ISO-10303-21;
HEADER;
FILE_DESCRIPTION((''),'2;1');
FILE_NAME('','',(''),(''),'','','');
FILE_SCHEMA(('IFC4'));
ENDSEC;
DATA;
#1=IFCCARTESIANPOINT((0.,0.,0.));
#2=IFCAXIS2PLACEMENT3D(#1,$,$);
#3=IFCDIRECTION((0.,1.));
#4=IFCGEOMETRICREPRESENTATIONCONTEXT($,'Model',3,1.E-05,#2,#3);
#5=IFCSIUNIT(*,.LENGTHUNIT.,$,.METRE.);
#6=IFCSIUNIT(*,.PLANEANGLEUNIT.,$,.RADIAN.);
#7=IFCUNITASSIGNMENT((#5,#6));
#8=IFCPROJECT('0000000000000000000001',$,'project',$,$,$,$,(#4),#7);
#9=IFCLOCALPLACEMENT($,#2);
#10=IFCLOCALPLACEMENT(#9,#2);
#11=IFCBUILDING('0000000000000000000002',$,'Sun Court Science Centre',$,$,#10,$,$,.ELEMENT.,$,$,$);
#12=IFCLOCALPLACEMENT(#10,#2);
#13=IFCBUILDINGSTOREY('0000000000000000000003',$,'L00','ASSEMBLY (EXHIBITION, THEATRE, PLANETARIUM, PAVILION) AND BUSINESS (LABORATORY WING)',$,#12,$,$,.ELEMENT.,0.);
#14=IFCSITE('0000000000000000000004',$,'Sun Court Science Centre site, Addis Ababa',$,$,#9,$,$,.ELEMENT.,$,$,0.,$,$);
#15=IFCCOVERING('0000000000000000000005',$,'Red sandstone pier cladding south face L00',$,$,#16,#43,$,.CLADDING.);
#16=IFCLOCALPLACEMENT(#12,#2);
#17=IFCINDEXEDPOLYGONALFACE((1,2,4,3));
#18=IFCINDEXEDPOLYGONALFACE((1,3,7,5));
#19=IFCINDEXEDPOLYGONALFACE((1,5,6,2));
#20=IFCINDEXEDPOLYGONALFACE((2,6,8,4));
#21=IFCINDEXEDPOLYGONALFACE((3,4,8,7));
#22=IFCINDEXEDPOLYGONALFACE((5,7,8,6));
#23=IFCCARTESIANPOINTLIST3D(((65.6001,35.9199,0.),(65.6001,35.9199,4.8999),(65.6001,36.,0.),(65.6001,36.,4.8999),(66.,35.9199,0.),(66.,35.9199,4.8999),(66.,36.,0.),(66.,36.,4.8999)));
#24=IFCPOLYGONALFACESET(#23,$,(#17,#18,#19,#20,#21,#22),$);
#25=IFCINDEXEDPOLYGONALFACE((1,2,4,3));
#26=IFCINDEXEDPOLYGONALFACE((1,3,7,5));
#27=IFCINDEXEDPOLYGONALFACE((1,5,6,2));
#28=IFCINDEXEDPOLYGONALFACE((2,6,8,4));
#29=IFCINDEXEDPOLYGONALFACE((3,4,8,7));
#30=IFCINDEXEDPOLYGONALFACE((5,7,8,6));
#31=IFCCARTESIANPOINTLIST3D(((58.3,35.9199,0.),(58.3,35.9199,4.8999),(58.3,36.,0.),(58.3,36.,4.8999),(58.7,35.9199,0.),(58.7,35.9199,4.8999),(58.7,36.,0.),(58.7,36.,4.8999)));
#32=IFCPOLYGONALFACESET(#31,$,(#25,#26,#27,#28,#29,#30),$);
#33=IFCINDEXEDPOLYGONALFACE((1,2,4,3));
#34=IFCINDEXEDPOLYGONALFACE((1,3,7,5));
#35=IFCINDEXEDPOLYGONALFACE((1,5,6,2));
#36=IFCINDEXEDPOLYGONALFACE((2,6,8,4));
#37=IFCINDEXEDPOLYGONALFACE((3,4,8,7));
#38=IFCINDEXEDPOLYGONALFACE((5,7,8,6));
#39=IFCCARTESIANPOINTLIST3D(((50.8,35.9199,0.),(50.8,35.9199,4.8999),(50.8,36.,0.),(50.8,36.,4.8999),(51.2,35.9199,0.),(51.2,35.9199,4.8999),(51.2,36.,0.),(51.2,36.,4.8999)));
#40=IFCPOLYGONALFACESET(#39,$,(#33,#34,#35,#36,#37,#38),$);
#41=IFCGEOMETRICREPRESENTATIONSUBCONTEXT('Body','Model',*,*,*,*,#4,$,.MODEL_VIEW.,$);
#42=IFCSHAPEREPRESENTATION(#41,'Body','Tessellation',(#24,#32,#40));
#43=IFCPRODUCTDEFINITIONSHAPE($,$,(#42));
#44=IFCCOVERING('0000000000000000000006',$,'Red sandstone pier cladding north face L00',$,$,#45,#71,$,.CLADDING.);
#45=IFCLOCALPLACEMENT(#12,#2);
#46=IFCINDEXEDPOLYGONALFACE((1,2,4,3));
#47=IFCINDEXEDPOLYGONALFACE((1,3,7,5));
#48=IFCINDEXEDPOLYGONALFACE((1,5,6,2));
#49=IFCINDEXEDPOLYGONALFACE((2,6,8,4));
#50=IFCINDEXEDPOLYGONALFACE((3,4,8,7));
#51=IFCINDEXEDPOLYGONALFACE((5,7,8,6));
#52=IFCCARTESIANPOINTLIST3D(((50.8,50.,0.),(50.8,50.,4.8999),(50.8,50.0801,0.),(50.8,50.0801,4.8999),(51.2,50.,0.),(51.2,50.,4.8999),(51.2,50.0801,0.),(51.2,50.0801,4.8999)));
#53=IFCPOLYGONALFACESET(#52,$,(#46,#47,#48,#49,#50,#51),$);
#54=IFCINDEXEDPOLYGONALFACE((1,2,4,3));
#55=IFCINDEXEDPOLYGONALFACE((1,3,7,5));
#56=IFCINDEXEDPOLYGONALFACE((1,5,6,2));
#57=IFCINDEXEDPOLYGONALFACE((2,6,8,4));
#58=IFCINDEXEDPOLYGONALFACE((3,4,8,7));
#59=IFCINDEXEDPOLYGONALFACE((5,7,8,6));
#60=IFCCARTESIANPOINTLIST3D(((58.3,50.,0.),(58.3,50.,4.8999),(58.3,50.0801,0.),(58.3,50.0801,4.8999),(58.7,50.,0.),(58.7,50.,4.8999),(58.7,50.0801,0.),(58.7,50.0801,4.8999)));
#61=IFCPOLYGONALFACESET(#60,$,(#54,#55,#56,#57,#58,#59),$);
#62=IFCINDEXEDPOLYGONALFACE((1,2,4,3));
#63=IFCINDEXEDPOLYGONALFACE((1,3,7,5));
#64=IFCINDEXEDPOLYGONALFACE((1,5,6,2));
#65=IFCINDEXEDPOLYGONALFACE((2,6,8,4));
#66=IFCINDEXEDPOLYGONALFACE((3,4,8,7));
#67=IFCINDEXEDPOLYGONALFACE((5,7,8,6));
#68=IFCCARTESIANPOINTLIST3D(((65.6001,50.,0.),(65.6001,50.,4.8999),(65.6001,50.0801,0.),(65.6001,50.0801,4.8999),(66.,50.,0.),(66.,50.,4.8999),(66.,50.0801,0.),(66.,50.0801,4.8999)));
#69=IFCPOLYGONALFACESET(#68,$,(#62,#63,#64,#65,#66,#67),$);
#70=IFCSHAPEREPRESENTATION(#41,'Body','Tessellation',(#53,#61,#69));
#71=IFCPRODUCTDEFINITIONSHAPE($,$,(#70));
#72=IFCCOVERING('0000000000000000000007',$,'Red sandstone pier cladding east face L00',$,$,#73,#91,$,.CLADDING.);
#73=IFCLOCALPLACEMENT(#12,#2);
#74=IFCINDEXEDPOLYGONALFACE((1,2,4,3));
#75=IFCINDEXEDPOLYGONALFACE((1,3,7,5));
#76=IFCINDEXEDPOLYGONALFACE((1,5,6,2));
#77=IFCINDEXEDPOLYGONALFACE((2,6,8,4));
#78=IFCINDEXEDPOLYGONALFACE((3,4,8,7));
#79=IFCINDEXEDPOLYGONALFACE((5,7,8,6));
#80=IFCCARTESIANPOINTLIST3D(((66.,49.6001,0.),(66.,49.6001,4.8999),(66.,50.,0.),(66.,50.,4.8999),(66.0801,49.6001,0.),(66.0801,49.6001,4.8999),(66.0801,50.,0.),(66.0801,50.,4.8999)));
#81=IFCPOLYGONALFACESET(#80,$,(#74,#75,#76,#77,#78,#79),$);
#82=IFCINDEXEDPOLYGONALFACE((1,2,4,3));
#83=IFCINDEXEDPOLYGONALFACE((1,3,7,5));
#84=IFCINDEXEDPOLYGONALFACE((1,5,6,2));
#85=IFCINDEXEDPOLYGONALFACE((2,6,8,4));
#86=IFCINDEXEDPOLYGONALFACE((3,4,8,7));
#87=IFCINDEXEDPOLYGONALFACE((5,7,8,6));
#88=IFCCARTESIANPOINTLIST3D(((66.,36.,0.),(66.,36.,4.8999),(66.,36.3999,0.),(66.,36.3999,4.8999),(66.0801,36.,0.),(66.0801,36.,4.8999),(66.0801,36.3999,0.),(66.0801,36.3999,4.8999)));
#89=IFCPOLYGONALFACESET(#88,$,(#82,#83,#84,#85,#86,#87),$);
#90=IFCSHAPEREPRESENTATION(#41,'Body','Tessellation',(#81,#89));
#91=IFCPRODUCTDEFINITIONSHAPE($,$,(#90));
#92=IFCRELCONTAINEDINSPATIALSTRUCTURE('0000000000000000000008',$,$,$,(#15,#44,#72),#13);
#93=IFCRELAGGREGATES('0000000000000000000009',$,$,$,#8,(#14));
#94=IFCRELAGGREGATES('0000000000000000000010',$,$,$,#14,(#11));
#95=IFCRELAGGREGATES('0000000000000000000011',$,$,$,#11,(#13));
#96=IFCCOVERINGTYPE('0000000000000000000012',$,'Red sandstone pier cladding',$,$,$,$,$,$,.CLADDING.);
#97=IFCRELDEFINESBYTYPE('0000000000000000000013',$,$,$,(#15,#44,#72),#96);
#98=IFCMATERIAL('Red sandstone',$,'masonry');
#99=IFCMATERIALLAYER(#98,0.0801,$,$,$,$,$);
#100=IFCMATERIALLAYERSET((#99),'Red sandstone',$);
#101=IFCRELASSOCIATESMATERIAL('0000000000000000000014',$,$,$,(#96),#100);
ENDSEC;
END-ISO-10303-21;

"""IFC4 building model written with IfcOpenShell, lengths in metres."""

from ifc_helpers import new_model, si_unit, direction, frame, origin, origin_2d, place, context, subcontext, project, spatial, rectangle, extrude, material, layer, layer_set, type_object, element, save


model = new_model("IFC4")

# Units and contexts
model_context = context("Model", 3, precision=1e-05, world=origin(), true_north=direction((0.0, 1.0)))
body_context = subcontext(model_context, "Body", "Model", "MODEL_VIEW")
ifc_project = project(units=[si_unit("LENGTHUNIT", "METRE"), si_unit("PLANEANGLEUNIT", "RADIAN")], contexts=[model_context])

# Site, building, storey
site_placement = place(None, origin())
site = spatial("IfcSite", under=ifc_project, at=site_placement, Name="Sun Court Science Centre site, Addis Ababa", CompositionType="ELEMENT", RefElevation=0.0)
building_placement = place(site_placement, origin())
building = spatial("IfcBuilding", under=site, at=building_placement, Name="Sun Court Science Centre", CompositionType="ELEMENT")
storey_placement = place(building_placement, origin())
storey = spatial("IfcBuildingStorey", under=building, at=storey_placement, Name="L00", Description="ASSEMBLY (EXHIBITION, THEATRE, PLANETARIUM, PAVILION) AND BUSINESS (LABORATORY WING)", CompositionType="ELEMENT", Elevation=0.0)

# Coverings
ifc_material_1 = material(Name="Red sandstone", Category="masonry")
ifc_layer_1 = layer(ifc_material_1, 0.0801)
ifc_layer_set_1 = layer_set([ifc_layer_1], Name="Red sandstone")
covering_type_1 = type_object("IfcCoveringType", Name="Red sandstone pier cladding", PredefinedType="CLADDING", material=ifc_layer_set_1)
covering_1_placement = place(storey_placement, origin())
element("IfcCovering", 1, at=covering_1_placement, inside=storey, type_object=covering_type_1, Name="Red sandstone pier cladding south face L00", PredefinedType="CLADDING", context=body_context, shape_type="SweptSolid", body=[
    extrude(rectangle(XDim=0.3999, YDim=0.0801, at=origin_2d()), frame((65.8, 35.96, 0.0), z_axis=(0.0, 0.0, 1.0), x_axis=(-1.0, 0.0, 0.0)), (0.0, 0.0, 1.0), 4.8999),
    extrude(rectangle(XDim=0.3999, YDim=0.0801, at=origin_2d()), frame((58.5, 35.96, 0.0), z_axis=(0.0, 0.0, 1.0), x_axis=(-1.0, 0.0, 0.0)), (0.0, 0.0, 1.0), 4.8999),
    extrude(rectangle(XDim=0.3999, YDim=0.0801, at=origin_2d()), frame((51.0, 35.96, 0.0), z_axis=(0.0, 0.0, 1.0), x_axis=(-1.0, 0.0, 0.0)), (0.0, 0.0, 1.0), 4.8999),
])
covering_2_placement = place(storey_placement, origin())
element("IfcCovering", 2, at=covering_2_placement, inside=storey, type_object=covering_type_1, Name="Red sandstone pier cladding north face L00", PredefinedType="CLADDING", context=body_context, shape_type="SweptSolid", body=[
    extrude(rectangle(XDim=0.3999, YDim=0.0801, at=origin_2d()), frame((51.0, 50.04, 0.0), z_axis=(0.0, 0.0, 1.0), x_axis=(1.0, 0.0, 0.0)), (0.0, 0.0, 1.0), 4.8999),
    extrude(rectangle(XDim=0.3999, YDim=0.0801, at=origin_2d()), frame((58.5, 50.04, 0.0), z_axis=(0.0, 0.0, 1.0), x_axis=(1.0, 0.0, 0.0)), (0.0, 0.0, 1.0), 4.8999),
    extrude(rectangle(XDim=0.3999, YDim=0.0801, at=origin_2d()), frame((65.8, 50.04, 0.0), z_axis=(0.0, 0.0, 1.0), x_axis=(1.0, 0.0, 0.0)), (0.0, 0.0, 1.0), 4.8999),
])
covering_3_placement = place(storey_placement, origin())
element("IfcCovering", 3, at=covering_3_placement, inside=storey, type_object=covering_type_1, Name="Red sandstone pier cladding east face L00", PredefinedType="CLADDING", context=body_context, shape_type="SweptSolid", body=[
    extrude(rectangle(XDim=0.3999, YDim=0.0801, at=origin_2d()), frame((66.04, 49.8, 0.0), z_axis=(0.0, 0.0, 1.0), x_axis=(0.0, -1.0, 0.0)), (0.0, 0.0, 1.0), 4.8999),
    extrude(rectangle(XDim=0.3999, YDim=0.0801, at=origin_2d()), frame((66.04, 36.2, 0.0), z_axis=(0.0, 0.0, 1.0), x_axis=(0.0, -1.0, 0.0)), (0.0, 0.0, 1.0), 4.8999),
])

save(model, "model.ifc")
